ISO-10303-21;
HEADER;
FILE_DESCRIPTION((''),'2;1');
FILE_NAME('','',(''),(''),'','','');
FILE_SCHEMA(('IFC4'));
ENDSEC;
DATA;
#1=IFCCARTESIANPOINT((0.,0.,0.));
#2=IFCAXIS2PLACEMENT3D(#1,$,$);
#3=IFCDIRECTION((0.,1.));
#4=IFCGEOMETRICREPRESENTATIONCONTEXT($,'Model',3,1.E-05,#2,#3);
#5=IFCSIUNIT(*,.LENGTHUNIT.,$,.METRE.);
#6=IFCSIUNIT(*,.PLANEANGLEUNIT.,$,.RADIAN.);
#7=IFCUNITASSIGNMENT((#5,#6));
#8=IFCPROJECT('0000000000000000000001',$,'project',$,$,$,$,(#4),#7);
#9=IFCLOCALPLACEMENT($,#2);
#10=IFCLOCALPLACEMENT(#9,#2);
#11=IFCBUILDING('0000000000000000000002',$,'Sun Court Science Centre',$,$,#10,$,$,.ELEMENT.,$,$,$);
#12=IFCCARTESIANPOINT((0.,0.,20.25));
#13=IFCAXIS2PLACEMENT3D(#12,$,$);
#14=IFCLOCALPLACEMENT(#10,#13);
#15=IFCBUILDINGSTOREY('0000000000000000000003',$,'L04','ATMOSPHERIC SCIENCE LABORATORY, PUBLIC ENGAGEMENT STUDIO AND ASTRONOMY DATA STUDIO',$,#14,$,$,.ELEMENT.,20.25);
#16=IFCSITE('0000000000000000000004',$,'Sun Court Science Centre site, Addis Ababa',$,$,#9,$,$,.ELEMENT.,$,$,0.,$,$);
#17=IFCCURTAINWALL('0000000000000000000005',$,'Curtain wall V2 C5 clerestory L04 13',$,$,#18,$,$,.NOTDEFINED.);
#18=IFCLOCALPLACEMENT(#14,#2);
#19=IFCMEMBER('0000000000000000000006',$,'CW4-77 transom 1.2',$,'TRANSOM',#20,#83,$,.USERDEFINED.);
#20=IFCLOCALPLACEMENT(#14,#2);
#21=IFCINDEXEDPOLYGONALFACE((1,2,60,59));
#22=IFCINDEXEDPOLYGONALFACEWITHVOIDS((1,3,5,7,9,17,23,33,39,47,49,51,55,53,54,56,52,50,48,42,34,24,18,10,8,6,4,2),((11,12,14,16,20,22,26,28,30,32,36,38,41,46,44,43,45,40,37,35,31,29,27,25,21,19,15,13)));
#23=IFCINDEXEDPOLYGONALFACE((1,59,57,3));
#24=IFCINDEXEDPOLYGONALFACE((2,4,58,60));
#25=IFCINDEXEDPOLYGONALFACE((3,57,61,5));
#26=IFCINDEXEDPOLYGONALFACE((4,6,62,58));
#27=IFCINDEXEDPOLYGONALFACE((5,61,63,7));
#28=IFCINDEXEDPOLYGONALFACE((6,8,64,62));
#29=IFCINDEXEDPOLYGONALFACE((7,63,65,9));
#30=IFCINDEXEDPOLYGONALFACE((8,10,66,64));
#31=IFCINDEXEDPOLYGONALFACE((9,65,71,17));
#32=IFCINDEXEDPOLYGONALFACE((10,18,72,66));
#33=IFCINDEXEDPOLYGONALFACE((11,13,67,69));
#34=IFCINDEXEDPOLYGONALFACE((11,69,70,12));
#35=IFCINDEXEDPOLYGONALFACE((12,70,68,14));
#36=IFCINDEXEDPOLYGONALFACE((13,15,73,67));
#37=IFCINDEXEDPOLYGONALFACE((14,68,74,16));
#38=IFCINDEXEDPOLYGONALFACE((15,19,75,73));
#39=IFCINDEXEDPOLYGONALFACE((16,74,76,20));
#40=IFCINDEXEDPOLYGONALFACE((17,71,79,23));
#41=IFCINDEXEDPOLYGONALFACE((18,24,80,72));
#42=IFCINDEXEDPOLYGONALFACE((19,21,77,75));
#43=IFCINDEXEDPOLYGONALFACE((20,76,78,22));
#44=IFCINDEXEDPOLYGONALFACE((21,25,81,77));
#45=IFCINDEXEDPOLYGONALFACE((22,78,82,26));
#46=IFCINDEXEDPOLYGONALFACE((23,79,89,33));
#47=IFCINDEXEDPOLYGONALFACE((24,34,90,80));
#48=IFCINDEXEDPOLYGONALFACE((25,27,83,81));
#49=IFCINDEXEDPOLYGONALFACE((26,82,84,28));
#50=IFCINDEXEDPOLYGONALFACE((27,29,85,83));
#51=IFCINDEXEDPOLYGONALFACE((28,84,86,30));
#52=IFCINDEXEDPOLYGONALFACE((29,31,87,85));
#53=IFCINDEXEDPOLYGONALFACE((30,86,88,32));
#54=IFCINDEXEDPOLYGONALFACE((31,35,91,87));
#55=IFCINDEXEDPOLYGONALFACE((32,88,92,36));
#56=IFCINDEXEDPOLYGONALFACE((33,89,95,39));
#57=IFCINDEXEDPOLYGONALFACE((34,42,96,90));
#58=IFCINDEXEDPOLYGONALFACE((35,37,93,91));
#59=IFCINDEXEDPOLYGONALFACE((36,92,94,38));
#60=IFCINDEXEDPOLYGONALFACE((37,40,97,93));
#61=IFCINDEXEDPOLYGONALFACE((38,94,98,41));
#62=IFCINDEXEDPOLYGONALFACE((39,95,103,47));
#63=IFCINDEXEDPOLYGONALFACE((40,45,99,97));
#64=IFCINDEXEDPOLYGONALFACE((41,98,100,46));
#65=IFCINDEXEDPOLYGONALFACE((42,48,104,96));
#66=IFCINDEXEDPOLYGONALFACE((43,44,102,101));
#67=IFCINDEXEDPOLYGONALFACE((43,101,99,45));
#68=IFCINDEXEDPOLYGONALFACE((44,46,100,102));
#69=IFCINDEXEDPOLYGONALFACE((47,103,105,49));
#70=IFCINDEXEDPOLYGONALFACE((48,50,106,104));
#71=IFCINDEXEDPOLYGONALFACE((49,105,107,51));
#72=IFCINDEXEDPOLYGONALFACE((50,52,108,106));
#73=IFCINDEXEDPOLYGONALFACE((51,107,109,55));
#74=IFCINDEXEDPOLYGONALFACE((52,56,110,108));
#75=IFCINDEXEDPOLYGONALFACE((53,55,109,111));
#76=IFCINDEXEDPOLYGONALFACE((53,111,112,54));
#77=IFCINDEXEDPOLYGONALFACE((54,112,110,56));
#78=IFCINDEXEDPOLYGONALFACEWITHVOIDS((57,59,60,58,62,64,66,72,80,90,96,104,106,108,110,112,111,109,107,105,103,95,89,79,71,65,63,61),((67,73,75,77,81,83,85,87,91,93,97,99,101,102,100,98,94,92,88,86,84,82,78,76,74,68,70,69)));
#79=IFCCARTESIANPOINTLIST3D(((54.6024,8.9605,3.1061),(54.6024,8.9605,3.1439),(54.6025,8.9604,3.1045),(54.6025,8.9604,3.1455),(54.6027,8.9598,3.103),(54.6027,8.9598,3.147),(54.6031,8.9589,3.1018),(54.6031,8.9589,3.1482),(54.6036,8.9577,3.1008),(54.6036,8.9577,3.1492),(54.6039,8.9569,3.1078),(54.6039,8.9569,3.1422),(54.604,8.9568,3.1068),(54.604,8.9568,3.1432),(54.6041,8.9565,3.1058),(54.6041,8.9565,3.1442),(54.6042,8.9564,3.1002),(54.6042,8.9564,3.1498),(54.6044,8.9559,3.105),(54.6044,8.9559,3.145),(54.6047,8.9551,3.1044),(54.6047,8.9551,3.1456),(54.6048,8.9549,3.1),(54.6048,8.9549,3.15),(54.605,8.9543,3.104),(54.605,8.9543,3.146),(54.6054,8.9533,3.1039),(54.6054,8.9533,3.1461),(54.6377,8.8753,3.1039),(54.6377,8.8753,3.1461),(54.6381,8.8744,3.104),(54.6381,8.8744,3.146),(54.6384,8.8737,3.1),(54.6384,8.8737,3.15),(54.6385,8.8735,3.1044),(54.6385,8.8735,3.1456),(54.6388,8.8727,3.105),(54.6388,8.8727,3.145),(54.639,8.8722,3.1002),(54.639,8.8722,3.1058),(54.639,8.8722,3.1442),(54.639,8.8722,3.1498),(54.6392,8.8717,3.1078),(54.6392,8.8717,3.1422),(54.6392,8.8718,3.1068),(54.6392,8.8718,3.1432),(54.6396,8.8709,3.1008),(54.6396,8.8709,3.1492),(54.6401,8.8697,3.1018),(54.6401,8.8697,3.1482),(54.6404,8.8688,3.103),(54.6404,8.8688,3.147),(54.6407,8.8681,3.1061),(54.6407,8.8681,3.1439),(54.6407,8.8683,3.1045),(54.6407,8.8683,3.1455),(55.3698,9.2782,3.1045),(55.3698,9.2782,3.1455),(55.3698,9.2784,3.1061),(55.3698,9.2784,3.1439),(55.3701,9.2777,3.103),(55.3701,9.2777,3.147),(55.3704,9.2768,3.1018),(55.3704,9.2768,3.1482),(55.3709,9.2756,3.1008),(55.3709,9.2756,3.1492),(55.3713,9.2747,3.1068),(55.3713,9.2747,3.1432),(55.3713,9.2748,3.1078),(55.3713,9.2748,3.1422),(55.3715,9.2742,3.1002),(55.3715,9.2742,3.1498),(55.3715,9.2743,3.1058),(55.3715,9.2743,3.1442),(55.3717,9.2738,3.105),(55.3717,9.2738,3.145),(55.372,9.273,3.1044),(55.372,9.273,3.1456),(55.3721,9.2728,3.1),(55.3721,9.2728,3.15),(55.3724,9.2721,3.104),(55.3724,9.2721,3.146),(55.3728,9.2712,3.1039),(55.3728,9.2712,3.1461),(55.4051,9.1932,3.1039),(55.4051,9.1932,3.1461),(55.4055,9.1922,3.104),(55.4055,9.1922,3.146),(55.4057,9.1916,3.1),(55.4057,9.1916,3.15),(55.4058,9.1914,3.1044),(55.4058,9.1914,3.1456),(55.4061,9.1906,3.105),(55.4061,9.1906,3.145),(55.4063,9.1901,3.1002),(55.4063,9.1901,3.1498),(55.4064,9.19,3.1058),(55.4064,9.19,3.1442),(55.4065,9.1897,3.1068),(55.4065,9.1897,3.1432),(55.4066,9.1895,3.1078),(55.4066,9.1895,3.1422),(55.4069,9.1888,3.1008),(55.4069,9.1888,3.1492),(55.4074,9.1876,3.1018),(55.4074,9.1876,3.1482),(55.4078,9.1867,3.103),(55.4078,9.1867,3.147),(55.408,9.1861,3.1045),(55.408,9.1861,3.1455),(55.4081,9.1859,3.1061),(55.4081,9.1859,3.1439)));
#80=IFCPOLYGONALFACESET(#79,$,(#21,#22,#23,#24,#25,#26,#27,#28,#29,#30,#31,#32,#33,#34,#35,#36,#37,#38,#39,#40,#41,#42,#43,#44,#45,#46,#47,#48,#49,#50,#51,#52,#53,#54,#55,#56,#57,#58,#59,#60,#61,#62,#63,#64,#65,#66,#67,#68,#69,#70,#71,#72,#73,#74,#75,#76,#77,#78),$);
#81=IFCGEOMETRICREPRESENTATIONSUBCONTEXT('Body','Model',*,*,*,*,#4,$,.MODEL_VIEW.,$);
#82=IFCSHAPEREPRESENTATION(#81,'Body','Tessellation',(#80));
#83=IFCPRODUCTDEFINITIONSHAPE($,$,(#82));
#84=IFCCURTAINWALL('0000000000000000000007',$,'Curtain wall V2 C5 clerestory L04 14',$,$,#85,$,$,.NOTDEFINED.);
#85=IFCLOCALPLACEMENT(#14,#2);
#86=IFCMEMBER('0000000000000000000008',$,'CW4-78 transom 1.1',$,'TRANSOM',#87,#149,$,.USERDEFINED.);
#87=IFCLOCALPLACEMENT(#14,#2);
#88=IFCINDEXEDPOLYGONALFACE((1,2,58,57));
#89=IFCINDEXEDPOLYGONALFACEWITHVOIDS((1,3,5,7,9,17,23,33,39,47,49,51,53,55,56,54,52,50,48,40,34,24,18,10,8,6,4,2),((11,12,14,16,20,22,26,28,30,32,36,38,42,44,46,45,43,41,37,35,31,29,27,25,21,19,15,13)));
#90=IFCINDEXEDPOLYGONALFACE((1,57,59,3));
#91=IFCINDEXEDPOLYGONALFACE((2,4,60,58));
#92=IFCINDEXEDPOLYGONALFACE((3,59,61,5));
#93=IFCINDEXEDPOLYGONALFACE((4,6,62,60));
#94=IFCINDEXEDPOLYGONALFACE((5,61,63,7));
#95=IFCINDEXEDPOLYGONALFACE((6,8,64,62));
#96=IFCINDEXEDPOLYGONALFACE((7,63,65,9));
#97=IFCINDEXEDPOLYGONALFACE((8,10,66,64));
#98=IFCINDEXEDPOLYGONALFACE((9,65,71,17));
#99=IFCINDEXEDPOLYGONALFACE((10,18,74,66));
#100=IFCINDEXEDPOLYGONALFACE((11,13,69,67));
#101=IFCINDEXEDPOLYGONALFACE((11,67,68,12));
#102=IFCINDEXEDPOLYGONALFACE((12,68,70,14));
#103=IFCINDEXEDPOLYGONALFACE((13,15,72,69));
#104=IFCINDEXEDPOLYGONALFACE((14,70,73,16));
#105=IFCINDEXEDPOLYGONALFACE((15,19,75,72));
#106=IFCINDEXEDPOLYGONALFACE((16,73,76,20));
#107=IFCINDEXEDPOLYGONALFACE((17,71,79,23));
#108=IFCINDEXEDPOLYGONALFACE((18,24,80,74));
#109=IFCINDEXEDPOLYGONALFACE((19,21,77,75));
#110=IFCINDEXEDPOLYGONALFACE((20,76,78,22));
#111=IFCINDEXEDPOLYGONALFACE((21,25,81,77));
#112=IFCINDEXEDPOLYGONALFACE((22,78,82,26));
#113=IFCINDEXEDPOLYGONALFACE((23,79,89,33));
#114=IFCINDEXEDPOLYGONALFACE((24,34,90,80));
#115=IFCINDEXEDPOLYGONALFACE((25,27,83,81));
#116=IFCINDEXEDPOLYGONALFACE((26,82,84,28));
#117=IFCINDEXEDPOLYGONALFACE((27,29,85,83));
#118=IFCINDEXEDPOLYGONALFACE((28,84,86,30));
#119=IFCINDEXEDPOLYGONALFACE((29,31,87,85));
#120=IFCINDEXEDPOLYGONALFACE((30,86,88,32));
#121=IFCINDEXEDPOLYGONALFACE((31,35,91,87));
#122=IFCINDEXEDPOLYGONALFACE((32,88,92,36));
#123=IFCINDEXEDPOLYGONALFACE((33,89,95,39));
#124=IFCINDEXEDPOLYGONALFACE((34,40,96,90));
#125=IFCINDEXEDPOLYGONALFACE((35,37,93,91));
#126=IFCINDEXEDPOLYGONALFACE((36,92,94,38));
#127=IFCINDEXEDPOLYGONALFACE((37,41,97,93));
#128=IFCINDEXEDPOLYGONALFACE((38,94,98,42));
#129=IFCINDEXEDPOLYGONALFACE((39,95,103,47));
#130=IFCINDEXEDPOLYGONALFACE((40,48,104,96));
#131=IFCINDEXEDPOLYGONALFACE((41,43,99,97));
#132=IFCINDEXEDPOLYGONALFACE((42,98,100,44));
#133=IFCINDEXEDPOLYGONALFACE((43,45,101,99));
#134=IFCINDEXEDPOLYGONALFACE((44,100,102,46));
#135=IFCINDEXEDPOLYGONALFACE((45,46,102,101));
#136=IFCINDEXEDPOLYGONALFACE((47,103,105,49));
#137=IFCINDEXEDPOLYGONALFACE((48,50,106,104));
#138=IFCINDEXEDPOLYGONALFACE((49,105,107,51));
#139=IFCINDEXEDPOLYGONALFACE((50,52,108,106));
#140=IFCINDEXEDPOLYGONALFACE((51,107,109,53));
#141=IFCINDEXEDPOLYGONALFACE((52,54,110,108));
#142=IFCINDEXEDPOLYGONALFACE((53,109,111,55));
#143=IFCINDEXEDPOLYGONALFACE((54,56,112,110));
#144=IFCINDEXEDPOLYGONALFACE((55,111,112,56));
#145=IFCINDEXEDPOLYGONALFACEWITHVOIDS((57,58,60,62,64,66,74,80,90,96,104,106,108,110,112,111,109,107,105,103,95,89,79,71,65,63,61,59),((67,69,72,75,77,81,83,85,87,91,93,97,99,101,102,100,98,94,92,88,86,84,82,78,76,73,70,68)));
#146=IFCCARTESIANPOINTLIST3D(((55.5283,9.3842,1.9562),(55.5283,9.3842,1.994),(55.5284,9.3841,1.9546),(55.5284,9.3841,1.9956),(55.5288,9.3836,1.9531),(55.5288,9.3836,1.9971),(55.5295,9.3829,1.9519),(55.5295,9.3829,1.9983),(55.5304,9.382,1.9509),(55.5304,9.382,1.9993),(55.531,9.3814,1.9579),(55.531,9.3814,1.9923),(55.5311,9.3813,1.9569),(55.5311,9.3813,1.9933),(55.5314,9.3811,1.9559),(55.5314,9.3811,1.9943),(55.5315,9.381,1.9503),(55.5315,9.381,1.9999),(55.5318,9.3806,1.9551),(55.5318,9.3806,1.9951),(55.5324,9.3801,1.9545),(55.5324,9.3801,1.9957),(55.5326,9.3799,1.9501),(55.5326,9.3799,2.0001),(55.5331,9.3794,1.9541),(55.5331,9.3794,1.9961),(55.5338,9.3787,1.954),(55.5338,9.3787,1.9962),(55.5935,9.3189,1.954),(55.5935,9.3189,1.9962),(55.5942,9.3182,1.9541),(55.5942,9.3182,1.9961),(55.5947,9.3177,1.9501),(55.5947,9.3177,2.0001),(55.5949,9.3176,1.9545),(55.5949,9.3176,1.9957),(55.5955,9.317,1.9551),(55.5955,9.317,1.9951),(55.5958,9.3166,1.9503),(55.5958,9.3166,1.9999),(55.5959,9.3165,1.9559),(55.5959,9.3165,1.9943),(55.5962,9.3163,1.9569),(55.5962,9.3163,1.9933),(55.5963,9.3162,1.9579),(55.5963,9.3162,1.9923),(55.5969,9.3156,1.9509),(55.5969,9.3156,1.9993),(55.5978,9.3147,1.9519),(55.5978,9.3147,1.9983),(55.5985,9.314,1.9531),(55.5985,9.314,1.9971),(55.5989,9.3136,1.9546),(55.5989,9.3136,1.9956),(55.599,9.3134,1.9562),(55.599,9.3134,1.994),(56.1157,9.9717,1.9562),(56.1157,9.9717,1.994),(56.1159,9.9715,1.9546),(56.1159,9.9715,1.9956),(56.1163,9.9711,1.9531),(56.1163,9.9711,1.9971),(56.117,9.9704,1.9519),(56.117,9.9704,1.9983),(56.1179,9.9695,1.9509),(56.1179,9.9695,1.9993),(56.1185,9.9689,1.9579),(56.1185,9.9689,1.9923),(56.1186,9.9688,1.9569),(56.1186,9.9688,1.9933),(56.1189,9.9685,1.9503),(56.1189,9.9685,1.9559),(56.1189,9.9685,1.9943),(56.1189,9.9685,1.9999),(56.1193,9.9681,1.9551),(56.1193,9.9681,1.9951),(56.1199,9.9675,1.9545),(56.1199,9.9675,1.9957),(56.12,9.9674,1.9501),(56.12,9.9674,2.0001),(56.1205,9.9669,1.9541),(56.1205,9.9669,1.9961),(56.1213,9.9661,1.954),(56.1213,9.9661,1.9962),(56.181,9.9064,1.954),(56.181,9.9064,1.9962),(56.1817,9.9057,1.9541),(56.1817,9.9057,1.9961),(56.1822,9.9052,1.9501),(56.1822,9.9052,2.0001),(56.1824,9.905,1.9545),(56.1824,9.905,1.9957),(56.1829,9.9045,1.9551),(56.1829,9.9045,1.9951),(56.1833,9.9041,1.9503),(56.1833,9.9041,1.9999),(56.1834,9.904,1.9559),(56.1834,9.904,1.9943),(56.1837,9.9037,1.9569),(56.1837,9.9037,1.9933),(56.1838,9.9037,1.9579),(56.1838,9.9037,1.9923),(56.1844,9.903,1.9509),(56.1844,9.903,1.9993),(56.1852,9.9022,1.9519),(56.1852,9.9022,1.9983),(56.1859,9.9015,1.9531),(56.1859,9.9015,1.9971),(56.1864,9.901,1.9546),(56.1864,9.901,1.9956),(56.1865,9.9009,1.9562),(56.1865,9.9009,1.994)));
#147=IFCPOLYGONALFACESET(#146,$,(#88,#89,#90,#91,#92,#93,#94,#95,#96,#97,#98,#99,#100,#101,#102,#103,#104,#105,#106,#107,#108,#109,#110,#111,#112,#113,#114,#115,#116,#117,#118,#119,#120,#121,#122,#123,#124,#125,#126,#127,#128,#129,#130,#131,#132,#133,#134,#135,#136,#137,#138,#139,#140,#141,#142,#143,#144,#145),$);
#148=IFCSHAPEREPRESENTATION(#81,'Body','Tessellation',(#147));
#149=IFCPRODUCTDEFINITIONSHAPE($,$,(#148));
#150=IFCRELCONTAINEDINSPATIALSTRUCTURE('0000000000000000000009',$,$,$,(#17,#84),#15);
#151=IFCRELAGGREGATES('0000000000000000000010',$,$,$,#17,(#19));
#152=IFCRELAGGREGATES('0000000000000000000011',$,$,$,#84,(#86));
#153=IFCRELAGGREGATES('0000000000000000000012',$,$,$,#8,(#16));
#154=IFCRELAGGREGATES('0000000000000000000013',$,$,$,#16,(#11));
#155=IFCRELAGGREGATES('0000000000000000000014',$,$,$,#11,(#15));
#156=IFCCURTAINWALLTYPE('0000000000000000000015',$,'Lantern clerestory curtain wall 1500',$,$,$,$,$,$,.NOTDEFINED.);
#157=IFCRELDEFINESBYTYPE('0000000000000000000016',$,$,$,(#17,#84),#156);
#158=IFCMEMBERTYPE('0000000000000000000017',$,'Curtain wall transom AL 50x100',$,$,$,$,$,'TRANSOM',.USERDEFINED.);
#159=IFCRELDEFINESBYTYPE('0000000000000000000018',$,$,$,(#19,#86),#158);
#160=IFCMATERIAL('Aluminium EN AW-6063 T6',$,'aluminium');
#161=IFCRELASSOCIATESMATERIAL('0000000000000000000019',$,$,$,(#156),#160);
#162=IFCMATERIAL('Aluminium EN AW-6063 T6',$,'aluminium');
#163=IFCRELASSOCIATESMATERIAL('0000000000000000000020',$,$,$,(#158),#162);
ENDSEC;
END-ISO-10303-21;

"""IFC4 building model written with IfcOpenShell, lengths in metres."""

from ifc_helpers import new_model, si_unit, direction, frame, origin, origin_2d, place, context, subcontext, project, spatial, hollow_rectangle, extrude, material, material_profile, profile_set, type_object, element, aggregate, save


model = new_model("IFC4")

# Units and contexts
model_context = context("Model", 3, precision=1e-05, world=origin(), true_north=direction((0.0, 1.0)))
body_context = subcontext(model_context, "Body", "Model", "MODEL_VIEW")
ifc_project = project(units=[si_unit("LENGTHUNIT", "METRE"), si_unit("PLANEANGLEUNIT", "RADIAN")], contexts=[model_context])

# Site, building, storey
site_placement = place(None, origin())
site = spatial("IfcSite", under=ifc_project, at=site_placement, Name="Sun Court Science Centre site, Addis Ababa", CompositionType="ELEMENT", RefElevation=0.0)
building_placement = place(site_placement, origin())
building = spatial("IfcBuilding", under=site, at=building_placement, Name="Sun Court Science Centre", CompositionType="ELEMENT")
storey_placement = place(building_placement, frame((0.0, 0.0, 20.25)))
storey = spatial("IfcBuildingStorey", under=building, at=storey_placement, Name="L04", Description="ATMOSPHERIC SCIENCE LABORATORY, PUBLIC ENGAGEMENT STUDIO AND ASTRONOMY DATA STUDIO", CompositionType="ELEMENT", Elevation=20.25)

# Shared definitions
ifc_material_1 = material(Name="Aluminium EN AW-6063 T6", Category="aluminium")
curtain_wall_type = type_object("IfcCurtainWallType", Name="Lantern clerestory curtain wall 1500", PredefinedType="NOTDEFINED", material=ifc_material_1)

# Curtain walls, members
ifc_material_2 = material(Name="Aluminium EN AW-6063 T6", Category="aluminium")
ifc_material_profile_1 = material_profile(ifc_material_2, hollow_rectangle(XDim=0.05, YDim=0.1001, WallThickness=0.0039, InnerFilletRadius=0.0039, OuterFilletRadius=0.0061, at=origin_2d()), Name="AL 50x100x4")
ifc_profile_set_1 = profile_set([ifc_material_profile_1], Name="Aluminium EN AW-6063 T6")
member_type_1 = type_object("IfcMemberType", Name="Curtain wall transom AL 50x100", ElementType="TRANSOM", PredefinedType="USERDEFINED", material=ifc_profile_set_1)
curtain_wall_1_placement = place(storey_placement, origin())
curtain_wall_1 = element("IfcCurtainWall", 1, at=curtain_wall_1_placement, inside=storey, type_object=curtain_wall_type, Name="Curtain wall V2 C5 clerestory L04 13", PredefinedType="NOTDEFINED")
member_1_placement = place(storey_placement, frame((55.3889, 9.2322, 3.125), z_axis=(-0.923866, -0.382715, 0.0), x_axis=(0.0, 0.0, 1.0)))
member_1 = element("IfcMember", 2, at=member_1_placement, type_object=member_type_1, Name="CW4-77 transom 1.2", ObjectType="TRANSOM", PredefinedType="USERDEFINED", context=body_context, shape_type="SweptSolid", body=[
    extrude(hollow_rectangle(XDim=0.05, YDim=0.1001, WallThickness=0.0039, InnerFilletRadius=0.0039, OuterFilletRadius=0.0061, at=origin_2d()), origin(), (0.0, 0.0, 1.0), 0.8306),
])
curtain_wall_2_placement = place(storey_placement, origin())
curtain_wall_2 = element("IfcCurtainWall", 3, at=curtain_wall_2_placement, inside=storey, type_object=curtain_wall_type, Name="Curtain wall V2 C5 clerestory L04 14", PredefinedType="NOTDEFINED")
member_2_placement = place(storey_placement, frame((56.1511, 9.9363, 1.9751), z_axis=(-0.707107, -0.707107, 0.0), x_axis=(0.0, 0.0, 1.0)))
member_2 = element("IfcMember", 4, at=member_2_placement, type_object=member_type_1, Name="CW4-78 transom 1.1", ObjectType="TRANSOM", PredefinedType="USERDEFINED", context=body_context, shape_type="SweptSolid", body=[
    extrude(hollow_rectangle(XDim=0.05, YDim=0.1001, WallThickness=0.0039, InnerFilletRadius=0.0039, OuterFilletRadius=0.0061, at=origin_2d()), origin(), (0.0, 0.0, 1.0), 0.8308),
])

aggregate(curtain_wall_1, [member_1])
aggregate(curtain_wall_2, [member_2])

save(model, "model.ifc")
